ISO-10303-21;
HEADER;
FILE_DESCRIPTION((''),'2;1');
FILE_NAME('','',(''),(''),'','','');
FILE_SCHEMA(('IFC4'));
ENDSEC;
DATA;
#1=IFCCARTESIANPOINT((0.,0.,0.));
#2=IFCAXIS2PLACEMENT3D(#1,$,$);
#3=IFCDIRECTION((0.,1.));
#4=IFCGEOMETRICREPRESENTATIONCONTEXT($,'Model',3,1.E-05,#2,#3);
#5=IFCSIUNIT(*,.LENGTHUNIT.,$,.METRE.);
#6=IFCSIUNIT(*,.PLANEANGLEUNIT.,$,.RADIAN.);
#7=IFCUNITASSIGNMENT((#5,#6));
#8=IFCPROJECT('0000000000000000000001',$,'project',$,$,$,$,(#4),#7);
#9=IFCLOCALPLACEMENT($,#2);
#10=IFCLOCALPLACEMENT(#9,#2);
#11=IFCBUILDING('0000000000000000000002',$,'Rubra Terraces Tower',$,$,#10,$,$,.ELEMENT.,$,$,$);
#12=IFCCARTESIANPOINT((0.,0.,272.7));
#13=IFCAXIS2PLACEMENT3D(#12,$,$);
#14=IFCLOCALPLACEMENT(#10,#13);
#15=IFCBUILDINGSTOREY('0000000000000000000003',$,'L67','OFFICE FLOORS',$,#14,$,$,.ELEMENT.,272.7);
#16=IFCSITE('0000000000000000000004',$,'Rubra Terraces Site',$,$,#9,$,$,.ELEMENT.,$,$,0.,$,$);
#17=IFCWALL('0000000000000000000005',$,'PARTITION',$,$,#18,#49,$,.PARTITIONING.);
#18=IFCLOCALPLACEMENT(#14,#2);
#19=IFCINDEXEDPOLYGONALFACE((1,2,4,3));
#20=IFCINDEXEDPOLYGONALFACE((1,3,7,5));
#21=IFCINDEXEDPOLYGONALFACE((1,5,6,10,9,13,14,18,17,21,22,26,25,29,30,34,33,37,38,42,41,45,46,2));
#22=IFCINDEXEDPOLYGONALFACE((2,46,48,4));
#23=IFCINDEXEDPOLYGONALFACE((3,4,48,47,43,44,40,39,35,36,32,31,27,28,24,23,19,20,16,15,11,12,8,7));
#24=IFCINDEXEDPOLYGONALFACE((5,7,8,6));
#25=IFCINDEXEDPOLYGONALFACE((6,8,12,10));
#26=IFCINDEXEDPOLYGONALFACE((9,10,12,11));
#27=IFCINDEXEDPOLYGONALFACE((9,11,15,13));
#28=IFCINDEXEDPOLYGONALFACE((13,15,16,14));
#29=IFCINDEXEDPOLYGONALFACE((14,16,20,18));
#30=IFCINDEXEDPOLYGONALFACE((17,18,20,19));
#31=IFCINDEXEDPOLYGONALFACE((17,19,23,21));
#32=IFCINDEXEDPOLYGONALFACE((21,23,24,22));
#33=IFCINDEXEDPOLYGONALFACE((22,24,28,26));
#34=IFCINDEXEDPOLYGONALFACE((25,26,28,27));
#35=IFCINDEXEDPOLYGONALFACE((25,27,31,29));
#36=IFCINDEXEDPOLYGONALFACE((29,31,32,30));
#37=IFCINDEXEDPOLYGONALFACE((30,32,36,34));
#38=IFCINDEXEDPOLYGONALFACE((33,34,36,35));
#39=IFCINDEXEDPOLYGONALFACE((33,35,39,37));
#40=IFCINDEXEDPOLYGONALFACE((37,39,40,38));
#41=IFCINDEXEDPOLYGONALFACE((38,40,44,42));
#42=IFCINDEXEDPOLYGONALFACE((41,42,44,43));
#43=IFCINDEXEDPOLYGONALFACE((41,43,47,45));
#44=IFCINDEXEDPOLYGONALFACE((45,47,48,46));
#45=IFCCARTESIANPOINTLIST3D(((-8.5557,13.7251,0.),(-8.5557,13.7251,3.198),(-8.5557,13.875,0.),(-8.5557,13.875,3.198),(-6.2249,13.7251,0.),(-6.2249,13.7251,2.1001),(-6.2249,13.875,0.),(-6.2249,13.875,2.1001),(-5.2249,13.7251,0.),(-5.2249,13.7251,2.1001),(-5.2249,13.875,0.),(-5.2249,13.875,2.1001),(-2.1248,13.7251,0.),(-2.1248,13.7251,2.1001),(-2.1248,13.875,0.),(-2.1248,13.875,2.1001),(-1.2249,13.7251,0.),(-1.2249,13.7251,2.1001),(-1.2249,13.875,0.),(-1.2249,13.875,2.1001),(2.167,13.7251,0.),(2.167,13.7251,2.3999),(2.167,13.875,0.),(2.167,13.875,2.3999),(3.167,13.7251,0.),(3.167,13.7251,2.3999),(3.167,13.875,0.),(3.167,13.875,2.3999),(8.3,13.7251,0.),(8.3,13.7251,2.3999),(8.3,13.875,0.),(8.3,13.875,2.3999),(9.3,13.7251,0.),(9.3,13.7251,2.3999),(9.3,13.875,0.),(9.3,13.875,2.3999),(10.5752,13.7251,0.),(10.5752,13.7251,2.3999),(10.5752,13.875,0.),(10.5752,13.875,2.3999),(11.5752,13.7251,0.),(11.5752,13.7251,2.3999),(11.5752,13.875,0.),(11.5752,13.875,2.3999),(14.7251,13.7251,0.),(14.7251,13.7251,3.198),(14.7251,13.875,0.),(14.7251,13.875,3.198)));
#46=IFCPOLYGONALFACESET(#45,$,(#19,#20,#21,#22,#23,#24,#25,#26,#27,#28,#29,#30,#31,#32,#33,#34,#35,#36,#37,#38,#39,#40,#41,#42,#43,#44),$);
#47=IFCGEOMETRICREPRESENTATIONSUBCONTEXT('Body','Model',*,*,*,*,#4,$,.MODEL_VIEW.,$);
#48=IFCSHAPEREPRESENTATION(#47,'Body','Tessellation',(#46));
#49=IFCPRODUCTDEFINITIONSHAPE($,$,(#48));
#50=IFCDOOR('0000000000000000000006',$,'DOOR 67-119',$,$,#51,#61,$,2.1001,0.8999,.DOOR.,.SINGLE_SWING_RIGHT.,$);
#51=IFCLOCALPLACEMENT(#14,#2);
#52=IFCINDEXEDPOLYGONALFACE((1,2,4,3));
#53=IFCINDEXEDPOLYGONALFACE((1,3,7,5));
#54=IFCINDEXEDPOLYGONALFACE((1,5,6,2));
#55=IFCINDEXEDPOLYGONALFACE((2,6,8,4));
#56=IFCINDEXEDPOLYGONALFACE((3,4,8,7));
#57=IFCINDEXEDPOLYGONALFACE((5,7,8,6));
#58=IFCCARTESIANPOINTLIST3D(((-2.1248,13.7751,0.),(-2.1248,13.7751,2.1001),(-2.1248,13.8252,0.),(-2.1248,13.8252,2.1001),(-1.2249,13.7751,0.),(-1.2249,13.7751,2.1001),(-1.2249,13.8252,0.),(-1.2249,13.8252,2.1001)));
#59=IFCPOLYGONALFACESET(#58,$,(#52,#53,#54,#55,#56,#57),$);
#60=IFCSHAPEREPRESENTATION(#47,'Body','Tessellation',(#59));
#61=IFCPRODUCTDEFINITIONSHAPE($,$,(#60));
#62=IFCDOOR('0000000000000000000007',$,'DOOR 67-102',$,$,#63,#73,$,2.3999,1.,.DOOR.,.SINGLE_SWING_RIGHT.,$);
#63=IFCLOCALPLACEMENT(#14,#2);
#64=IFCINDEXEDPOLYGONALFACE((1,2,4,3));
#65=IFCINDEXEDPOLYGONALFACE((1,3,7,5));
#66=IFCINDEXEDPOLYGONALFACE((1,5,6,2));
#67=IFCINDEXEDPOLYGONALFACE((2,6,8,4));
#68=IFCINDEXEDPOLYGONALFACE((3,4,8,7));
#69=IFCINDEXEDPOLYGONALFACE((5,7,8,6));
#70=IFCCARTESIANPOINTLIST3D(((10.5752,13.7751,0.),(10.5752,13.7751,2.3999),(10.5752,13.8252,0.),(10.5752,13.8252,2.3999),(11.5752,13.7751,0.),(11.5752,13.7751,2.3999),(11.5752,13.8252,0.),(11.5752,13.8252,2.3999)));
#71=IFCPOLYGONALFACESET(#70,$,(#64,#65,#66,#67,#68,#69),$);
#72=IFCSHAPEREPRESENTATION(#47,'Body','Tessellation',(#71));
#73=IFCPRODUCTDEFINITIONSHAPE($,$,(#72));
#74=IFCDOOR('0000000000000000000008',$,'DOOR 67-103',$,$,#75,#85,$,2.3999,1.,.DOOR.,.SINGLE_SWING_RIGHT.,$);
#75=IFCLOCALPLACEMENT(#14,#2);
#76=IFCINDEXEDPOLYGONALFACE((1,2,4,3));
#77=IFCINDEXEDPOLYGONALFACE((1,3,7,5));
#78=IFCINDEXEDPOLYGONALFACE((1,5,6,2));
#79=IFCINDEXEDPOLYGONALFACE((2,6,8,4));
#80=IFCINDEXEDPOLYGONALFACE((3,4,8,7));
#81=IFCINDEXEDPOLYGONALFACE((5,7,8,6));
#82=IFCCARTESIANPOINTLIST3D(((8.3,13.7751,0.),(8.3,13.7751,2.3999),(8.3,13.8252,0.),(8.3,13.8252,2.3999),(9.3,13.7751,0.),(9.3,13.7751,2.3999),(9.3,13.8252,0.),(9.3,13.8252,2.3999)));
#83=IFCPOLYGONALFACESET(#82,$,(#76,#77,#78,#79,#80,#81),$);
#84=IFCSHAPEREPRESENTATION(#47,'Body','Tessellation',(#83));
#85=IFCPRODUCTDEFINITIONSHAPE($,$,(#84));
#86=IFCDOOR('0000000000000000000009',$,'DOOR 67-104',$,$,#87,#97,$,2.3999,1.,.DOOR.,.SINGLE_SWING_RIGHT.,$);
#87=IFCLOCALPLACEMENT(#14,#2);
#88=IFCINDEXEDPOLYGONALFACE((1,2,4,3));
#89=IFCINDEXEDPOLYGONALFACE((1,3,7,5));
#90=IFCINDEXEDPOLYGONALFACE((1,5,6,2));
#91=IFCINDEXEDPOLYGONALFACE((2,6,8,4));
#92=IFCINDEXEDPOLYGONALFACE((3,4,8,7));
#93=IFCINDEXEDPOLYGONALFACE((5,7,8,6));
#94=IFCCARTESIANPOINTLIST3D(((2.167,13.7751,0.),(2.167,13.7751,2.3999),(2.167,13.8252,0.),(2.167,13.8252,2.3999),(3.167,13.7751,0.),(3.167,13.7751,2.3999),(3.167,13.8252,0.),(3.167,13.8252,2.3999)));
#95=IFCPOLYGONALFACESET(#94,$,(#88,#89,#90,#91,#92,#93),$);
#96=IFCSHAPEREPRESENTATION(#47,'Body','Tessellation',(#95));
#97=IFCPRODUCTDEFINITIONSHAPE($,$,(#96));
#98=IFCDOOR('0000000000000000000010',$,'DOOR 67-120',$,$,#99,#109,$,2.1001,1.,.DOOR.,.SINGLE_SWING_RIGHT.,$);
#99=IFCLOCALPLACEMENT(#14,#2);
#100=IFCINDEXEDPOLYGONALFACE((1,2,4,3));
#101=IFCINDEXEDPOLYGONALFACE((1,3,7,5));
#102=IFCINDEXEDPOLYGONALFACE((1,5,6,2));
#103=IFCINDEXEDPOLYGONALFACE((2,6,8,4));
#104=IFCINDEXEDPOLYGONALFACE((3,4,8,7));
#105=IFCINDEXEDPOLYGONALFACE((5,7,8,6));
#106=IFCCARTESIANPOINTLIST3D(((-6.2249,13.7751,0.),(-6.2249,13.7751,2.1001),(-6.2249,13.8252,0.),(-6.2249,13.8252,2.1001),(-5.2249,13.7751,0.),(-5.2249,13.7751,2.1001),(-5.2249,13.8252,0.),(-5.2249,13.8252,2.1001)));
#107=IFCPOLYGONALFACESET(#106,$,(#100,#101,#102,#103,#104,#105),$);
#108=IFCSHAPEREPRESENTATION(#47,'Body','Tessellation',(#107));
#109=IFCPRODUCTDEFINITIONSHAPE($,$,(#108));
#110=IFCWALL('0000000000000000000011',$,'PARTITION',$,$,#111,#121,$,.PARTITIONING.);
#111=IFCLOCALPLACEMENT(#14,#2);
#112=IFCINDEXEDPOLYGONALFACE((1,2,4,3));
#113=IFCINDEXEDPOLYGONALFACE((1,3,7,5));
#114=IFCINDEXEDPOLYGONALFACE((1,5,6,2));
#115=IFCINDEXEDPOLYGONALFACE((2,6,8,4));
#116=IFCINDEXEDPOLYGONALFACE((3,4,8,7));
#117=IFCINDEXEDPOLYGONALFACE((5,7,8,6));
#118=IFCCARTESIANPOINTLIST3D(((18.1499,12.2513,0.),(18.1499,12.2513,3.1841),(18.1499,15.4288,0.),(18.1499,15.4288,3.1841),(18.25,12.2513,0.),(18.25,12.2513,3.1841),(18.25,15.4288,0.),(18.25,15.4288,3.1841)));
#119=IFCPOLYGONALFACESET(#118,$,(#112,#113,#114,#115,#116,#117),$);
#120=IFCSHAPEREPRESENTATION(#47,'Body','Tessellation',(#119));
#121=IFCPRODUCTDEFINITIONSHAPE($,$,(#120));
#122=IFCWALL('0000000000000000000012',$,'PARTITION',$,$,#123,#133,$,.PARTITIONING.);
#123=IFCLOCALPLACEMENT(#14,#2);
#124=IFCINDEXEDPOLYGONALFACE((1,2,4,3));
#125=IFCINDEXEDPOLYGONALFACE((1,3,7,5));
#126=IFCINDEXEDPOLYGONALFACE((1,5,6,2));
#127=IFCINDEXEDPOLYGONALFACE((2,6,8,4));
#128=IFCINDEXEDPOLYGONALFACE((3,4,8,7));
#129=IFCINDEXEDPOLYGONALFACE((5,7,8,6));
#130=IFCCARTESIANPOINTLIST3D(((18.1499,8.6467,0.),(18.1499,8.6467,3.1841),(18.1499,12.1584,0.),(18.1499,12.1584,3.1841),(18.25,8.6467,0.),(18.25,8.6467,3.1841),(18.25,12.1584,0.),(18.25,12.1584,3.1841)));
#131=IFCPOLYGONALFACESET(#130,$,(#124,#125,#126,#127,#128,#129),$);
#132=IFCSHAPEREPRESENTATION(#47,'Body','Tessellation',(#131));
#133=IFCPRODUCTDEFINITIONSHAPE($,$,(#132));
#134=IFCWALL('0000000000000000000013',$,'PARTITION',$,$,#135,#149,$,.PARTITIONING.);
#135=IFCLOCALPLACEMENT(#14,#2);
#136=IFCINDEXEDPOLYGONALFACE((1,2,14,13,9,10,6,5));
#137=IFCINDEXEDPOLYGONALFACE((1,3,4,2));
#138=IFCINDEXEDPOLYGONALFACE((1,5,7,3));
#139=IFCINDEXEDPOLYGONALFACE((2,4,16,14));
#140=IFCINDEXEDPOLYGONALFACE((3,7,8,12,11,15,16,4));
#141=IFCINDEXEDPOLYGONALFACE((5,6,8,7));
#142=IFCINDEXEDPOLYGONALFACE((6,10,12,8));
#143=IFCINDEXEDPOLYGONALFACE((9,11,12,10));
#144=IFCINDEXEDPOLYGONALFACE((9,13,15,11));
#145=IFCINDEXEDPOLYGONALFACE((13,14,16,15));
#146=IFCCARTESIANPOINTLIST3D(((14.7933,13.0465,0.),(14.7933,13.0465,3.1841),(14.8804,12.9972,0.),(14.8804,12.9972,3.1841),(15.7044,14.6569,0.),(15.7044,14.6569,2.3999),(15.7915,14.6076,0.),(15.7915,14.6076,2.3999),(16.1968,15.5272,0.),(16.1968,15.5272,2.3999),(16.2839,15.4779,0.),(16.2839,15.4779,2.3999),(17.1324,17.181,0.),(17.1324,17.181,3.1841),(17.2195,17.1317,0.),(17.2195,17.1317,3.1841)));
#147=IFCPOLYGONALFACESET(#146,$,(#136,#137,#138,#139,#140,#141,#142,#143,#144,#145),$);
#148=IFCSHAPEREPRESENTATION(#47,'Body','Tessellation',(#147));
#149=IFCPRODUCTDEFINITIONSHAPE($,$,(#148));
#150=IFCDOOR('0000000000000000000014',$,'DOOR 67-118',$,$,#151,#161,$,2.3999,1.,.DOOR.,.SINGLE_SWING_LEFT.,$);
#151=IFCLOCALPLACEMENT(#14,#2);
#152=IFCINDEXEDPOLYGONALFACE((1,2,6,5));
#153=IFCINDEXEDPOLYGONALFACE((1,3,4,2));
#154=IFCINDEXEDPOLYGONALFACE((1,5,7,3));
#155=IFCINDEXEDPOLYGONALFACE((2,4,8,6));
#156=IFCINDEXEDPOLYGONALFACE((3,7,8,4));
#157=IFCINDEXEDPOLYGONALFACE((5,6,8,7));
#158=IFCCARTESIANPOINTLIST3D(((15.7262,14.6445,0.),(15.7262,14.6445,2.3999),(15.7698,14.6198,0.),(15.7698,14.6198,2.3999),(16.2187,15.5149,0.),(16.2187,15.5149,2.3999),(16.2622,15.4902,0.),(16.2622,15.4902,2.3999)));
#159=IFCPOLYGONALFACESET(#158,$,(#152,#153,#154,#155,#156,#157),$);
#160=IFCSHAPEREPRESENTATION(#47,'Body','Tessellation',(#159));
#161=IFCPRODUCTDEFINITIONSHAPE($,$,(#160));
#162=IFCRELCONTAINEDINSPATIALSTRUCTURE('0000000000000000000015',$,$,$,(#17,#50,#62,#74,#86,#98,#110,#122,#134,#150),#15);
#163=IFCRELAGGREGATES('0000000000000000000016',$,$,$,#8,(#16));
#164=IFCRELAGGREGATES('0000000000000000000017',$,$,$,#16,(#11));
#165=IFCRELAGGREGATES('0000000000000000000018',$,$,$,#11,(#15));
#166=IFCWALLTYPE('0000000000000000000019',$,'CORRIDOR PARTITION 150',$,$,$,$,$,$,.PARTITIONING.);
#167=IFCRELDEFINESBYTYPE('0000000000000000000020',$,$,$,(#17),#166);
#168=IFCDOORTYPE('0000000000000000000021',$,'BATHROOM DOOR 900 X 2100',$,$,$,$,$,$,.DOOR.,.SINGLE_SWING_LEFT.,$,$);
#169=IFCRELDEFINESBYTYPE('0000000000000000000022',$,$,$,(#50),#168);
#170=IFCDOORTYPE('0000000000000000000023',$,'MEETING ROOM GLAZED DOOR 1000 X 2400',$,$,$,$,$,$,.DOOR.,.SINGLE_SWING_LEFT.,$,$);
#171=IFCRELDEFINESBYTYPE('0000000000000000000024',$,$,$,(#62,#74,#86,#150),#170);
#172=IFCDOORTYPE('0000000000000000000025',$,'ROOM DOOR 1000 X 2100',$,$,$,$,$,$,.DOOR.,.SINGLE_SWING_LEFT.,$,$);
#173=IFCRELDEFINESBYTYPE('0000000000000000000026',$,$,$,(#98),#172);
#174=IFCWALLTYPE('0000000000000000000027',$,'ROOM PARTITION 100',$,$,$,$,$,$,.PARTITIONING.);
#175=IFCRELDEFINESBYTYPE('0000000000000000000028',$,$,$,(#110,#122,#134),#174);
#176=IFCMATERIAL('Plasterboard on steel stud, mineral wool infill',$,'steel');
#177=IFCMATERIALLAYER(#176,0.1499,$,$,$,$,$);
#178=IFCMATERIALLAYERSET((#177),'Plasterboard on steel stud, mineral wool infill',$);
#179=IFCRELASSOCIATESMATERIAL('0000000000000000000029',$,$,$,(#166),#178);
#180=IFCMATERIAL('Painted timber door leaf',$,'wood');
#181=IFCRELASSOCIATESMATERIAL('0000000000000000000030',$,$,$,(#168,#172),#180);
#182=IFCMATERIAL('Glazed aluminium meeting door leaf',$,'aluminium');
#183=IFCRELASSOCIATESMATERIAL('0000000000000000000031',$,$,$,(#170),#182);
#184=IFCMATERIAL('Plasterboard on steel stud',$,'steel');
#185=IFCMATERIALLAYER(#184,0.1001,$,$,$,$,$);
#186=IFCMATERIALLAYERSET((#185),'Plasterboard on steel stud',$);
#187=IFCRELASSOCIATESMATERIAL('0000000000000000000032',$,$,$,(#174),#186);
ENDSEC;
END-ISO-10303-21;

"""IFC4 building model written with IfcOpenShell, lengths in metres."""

from ifc_helpers import new_model, si_unit, direction, frame, frame_2d, origin, place, context, subcontext, project, spatial, rectangle, extrude, material, layer, layer_set, type_object, element, fill, save


model = new_model("IFC4")

# Units and contexts
model_context = context("Model", 3, precision=1e-05, world=origin(), true_north=direction((0.0, 1.0)))
body_context = subcontext(model_context, "Body", "Model", "MODEL_VIEW")
ifc_project = project(units=[si_unit("LENGTHUNIT", "METRE"), si_unit("PLANEANGLEUNIT", "RADIAN")], contexts=[model_context])

# Site, building, storey
site_placement = place(None, origin())
site = spatial("IfcSite", under=ifc_project, at=site_placement, Name="Rubra Terraces Site", CompositionType="ELEMENT", RefElevation=0.0)
building_placement = place(site_placement, origin())
building = spatial("IfcBuilding", under=site, at=building_placement, Name="Rubra Terraces Tower", CompositionType="ELEMENT")
storey_placement = place(building_placement, frame((0.0, 0.0, 272.7)))
storey = spatial("IfcBuildingStorey", under=building, at=storey_placement, Name="L67", Description="OFFICE FLOORS", CompositionType="ELEMENT", Elevation=272.7)

# Wall, openings, doors
ifc_material_1 = material(Name="Plasterboard on steel stud, mineral wool infill", Category="steel")
ifc_layer_1 = layer(ifc_material_1, 0.1499)
ifc_layer_set_1 = layer_set([ifc_layer_1], Name="Plasterboard on steel stud, mineral wool infill")
wall_type_1 = type_object("IfcWallType", Name="CORRIDOR PARTITION 150", PredefinedType="PARTITIONING", material=ifc_layer_set_1)
wall_1_placement = place(storey_placement, frame((14.7251, 13.8, 0.0), z_axis=(0.0, 0.0, 1.0), x_axis=(-1.0, 0.0, 0.0)))
wall_1 = element("IfcWall", 1, at=wall_1_placement, inside=storey, type_object=wall_type_1, Name="PARTITION", PredefinedType="PARTITIONING", context=body_context, shape_type="SweptSolid", body=[
    extrude(rectangle(XDim=23.2808, YDim=0.1499, at=frame_2d((11.6404, 0.0))), origin(), (0.0, 0.0, 1.0), 3.198),
])
opening_1_placement = place(wall_1_placement, frame((3.1499, 0.0, 0.0)))
opening_1 = element("IfcOpeningElement", 2, at=opening_1_placement, cuts=wall_1, PredefinedType="OPENING", context=body_context, shape_type="SweptSolid", body=[
    extrude(rectangle(XDim=1.0, YDim=2.3999, at=frame_2d((0.5, 1.2))), frame((0.0, 0.085, 0.0), z_axis=(0.0, -1.0, 0.0), x_axis=(1.0, 0.0, 0.0)), (0.0, 0.0, 1.0), 0.1699),
])
opening_2_placement = place(wall_1_placement, frame((5.425, 0.0, 0.0)))
opening_2 = element("IfcOpeningElement", 3, at=opening_2_placement, cuts=wall_1, PredefinedType="OPENING", context=body_context, shape_type="SweptSolid", body=[
    extrude(rectangle(XDim=1.0, YDim=2.3999, at=frame_2d((0.5, 1.2))), frame((0.0, 0.085, 0.0), z_axis=(0.0, -1.0, 0.0), x_axis=(1.0, 0.0, 0.0)), (0.0, 0.0, 1.0), 0.1699),
])
opening_3_placement = place(wall_1_placement, frame((11.5581, 0.0, 0.0)))
opening_3 = element("IfcOpeningElement", 4, at=opening_3_placement, cuts=wall_1, PredefinedType="OPENING", context=body_context, shape_type="SweptSolid", body=[
    extrude(rectangle(XDim=1.0, YDim=2.3999, at=frame_2d((0.5, 1.2))), frame((0.0, 0.085, 0.0), z_axis=(0.0, -1.0, 0.0), x_axis=(1.0, 0.0, 0.0)), (0.0, 0.0, 1.0), 0.1699),
])
opening_4_placement = place(wall_1_placement, frame((15.95, 0.0, 0.0)))
opening_4 = element("IfcOpeningElement", 5, at=opening_4_placement, cuts=wall_1, PredefinedType="OPENING", context=body_context, shape_type="SweptSolid", body=[
    extrude(rectangle(XDim=0.8999, YDim=2.1001, at=frame_2d((0.45, 1.05))), frame((0.0, 0.085, 0.0), z_axis=(0.0, -1.0, 0.0), x_axis=(1.0, 0.0, 0.0)), (0.0, 0.0, 1.0), 0.1699),
])
opening_5_placement = place(wall_1_placement, frame((19.95, 0.0, 0.0)))
opening_5 = element("IfcOpeningElement", 6, at=opening_5_placement, cuts=wall_1, PredefinedType="OPENING", context=body_context, shape_type="SweptSolid", body=[
    extrude(rectangle(XDim=1.0, YDim=2.1001, at=frame_2d((0.5, 1.05))), frame((0.0, 0.085, 0.0), z_axis=(0.0, -1.0, 0.0), x_axis=(1.0, 0.0, 0.0)), (0.0, 0.0, 1.0), 0.1699),
])
ifc_material_2 = material(Name="Painted timber door leaf", Category="wood")
door_type_1 = type_object("IfcDoorType", Name="BATHROOM DOOR 900 X 2100", OperationType="SINGLE_SWING_LEFT", PredefinedType="DOOR", material=ifc_material_2)
door_1_placement = place(opening_4_placement, origin())
door_1 = element("IfcDoor", 7, at=door_1_placement, inside=storey, type_object=door_type_1, Name="DOOR 67-119", OperationType="SINGLE_SWING_RIGHT", OverallHeight=2.1001, OverallWidth=0.8999, PredefinedType="DOOR", context=body_context, shape_type="SweptSolid", body=[
    extrude(rectangle(XDim=0.8999, YDim=2.1001, at=frame_2d((0.45, 1.05))), frame((0.0, 0.0249, 0.0), z_axis=(0.0, -1.0, 0.0), x_axis=(1.0, 0.0, 0.0)), (0.0, 0.0, 1.0), 0.05),
])
fill(opening_4, door_1)
ifc_material_3 = material(Name="Glazed aluminium meeting door leaf", Category="aluminium")
door_type_2 = type_object("IfcDoorType", Name="MEETING ROOM GLAZED DOOR 1000 X 2400", OperationType="SINGLE_SWING_LEFT", PredefinedType="DOOR", material=ifc_material_3)
door_2_placement = place(opening_1_placement, origin())
door_2 = element("IfcDoor", 8, at=door_2_placement, inside=storey, type_object=door_type_2, Name="DOOR 67-102", OperationType="SINGLE_SWING_RIGHT", OverallHeight=2.3999, OverallWidth=1.0, PredefinedType="DOOR", context=body_context, shape_type="SweptSolid", body=[
    extrude(rectangle(XDim=1.0, YDim=2.3999, at=frame_2d((0.5, 1.2))), frame((0.0, 0.0249, 0.0), z_axis=(0.0, -1.0, 0.0), x_axis=(1.0, 0.0, 0.0)), (0.0, 0.0, 1.0), 0.05),
])
fill(opening_1, door_2)
door_3_placement = place(opening_2_placement, origin())
door_3 = element("IfcDoor", 9, at=door_3_placement, inside=storey, type_object=door_type_2, Name="DOOR 67-103", OperationType="SINGLE_SWING_RIGHT", OverallHeight=2.3999, OverallWidth=1.0, PredefinedType="DOOR", context=body_context, shape_type="SweptSolid", body=[
    extrude(rectangle(XDim=1.0, YDim=2.3999, at=frame_2d((0.5, 1.2))), frame((0.0, 0.0249, 0.0), z_axis=(0.0, -1.0, 0.0), x_axis=(1.0, 0.0, 0.0)), (0.0, 0.0, 1.0), 0.05),
])
fill(opening_2, door_3)
door_4_placement = place(opening_3_placement, origin())
door_4 = element("IfcDoor", 10, at=door_4_placement, inside=storey, type_object=door_type_2, Name="DOOR 67-104", OperationType="SINGLE_SWING_RIGHT", OverallHeight=2.3999, OverallWidth=1.0, PredefinedType="DOOR", context=body_context, shape_type="SweptSolid", body=[
    extrude(rectangle(XDim=1.0, YDim=2.3999, at=frame_2d((0.5, 1.2))), frame((0.0, 0.0249, 0.0), z_axis=(0.0, -1.0, 0.0), x_axis=(1.0, 0.0, 0.0)), (0.0, 0.0, 1.0), 0.05),
])
fill(opening_3, door_4)
door_type_3 = type_object("IfcDoorType", Name="ROOM DOOR 1000 X 2100", OperationType="SINGLE_SWING_LEFT", PredefinedType="DOOR", material=ifc_material_2)
door_5_placement = place(opening_5_placement, origin())
door_5 = element("IfcDoor", 11, at=door_5_placement, inside=storey, type_object=door_type_3, Name="DOOR 67-120", OperationType="SINGLE_SWING_RIGHT", OverallHeight=2.1001, OverallWidth=1.0, PredefinedType="DOOR", context=body_context, shape_type="SweptSolid", body=[
    extrude(rectangle(XDim=1.0, YDim=2.1001, at=frame_2d((0.5, 1.05))), frame((0.0, 0.0249, 0.0), z_axis=(0.0, -1.0, 0.0), x_axis=(1.0, 0.0, 0.0)), (0.0, 0.0, 1.0), 0.05),
])
fill(opening_5, door_5)

# Walls
ifc_material_4 = material(Name="Plasterboard on steel stud", Category="steel")
ifc_layer_2 = layer(ifc_material_4, 0.1001)
ifc_layer_set_2 = layer_set([ifc_layer_2], Name="Plasterboard on steel stud")
wall_type_2 = type_object("IfcWallType", Name="ROOM PARTITION 100", PredefinedType="PARTITIONING", material=ifc_layer_set_2)
wall_2_placement = place(storey_placement, frame((18.2, 15.429, 0.0), z_axis=(0.0, 0.0, 1.0), x_axis=(0.0, -1.0, 0.0)))
element("IfcWall", 12, at=wall_2_placement, inside=storey, type_object=wall_type_2, Name="PARTITION", PredefinedType="PARTITIONING", context=body_context, shape_type="SweptSolid", body=[
    extrude(rectangle(XDim=3.1775, YDim=0.1001, at=frame_2d((1.5889, 0.0))), origin(), (0.0, 0.0, 1.0), 3.1841),
])
wall_3_placement = place(storey_placement, frame((18.2, 12.1584, 0.0), z_axis=(0.0, 0.0, 1.0), x_axis=(0.0, -1.0, 0.0)))
element("IfcWall", 13, at=wall_3_placement, inside=storey, type_object=wall_type_2, Name="PARTITION", PredefinedType="PARTITIONING", context=body_context, shape_type="SweptSolid", body=[
    extrude(rectangle(XDim=3.5117, YDim=0.1001, at=frame_2d((1.7559, 0.0))), origin(), (0.0, 0.0, 1.0), 3.1841),
])

# Wall, opening, door
wall_4_placement = place(storey_placement, frame((14.8369, 13.022, 0.0), z_axis=(0.0, 0.0, 1.0), x_axis=(0.492409, 0.870364, 0.0)))
wall_4 = element("IfcWall", 14, at=wall_4_placement, inside=storey, type_object=wall_type_2, Name="PARTITION", PredefinedType="PARTITIONING", context=body_context, shape_type="SweptSolid", body=[
    extrude(rectangle(XDim=4.7502, YDim=0.1001, at=frame_2d((2.375, 0.0))), origin(), (0.0, 0.0, 1.0), 3.1841),
])
opening_6_placement = place(wall_4_placement, frame((1.8501, 0.0, 0.0)))
opening_6 = element("IfcOpeningElement", 15, at=opening_6_placement, cuts=wall_4, PredefinedType="OPENING", context=body_context, shape_type="SweptSolid", body=[
    extrude(rectangle(XDim=1.0, YDim=2.3999, at=frame_2d((0.5, 1.2))), frame((0.0, 0.0601, 0.0), z_axis=(0.0, -1.0, 0.0), x_axis=(1.0, 0.0, 0.0)), (0.0, 0.0, 1.0), 0.1201),
])
door_6_placement = place(opening_6_placement, origin())
door_6 = element("IfcDoor", 16, at=door_6_placement, inside=storey, type_object=door_type_2, Name="DOOR 67-118", OperationType="SINGLE_SWING_LEFT", OverallHeight=2.3999, OverallWidth=1.0, PredefinedType="DOOR", context=body_context, shape_type="SweptSolid", body=[
    extrude(rectangle(XDim=1.0, YDim=2.3999, at=frame_2d((0.5, 1.2))), frame((0.0, 0.0249, 0.0), z_axis=(0.0, -1.0, 0.0), x_axis=(1.0, 0.0, 0.0)), (0.0, 0.0, 1.0), 0.05),
])
fill(opening_6, door_6)

save(model, "model.ifc")
